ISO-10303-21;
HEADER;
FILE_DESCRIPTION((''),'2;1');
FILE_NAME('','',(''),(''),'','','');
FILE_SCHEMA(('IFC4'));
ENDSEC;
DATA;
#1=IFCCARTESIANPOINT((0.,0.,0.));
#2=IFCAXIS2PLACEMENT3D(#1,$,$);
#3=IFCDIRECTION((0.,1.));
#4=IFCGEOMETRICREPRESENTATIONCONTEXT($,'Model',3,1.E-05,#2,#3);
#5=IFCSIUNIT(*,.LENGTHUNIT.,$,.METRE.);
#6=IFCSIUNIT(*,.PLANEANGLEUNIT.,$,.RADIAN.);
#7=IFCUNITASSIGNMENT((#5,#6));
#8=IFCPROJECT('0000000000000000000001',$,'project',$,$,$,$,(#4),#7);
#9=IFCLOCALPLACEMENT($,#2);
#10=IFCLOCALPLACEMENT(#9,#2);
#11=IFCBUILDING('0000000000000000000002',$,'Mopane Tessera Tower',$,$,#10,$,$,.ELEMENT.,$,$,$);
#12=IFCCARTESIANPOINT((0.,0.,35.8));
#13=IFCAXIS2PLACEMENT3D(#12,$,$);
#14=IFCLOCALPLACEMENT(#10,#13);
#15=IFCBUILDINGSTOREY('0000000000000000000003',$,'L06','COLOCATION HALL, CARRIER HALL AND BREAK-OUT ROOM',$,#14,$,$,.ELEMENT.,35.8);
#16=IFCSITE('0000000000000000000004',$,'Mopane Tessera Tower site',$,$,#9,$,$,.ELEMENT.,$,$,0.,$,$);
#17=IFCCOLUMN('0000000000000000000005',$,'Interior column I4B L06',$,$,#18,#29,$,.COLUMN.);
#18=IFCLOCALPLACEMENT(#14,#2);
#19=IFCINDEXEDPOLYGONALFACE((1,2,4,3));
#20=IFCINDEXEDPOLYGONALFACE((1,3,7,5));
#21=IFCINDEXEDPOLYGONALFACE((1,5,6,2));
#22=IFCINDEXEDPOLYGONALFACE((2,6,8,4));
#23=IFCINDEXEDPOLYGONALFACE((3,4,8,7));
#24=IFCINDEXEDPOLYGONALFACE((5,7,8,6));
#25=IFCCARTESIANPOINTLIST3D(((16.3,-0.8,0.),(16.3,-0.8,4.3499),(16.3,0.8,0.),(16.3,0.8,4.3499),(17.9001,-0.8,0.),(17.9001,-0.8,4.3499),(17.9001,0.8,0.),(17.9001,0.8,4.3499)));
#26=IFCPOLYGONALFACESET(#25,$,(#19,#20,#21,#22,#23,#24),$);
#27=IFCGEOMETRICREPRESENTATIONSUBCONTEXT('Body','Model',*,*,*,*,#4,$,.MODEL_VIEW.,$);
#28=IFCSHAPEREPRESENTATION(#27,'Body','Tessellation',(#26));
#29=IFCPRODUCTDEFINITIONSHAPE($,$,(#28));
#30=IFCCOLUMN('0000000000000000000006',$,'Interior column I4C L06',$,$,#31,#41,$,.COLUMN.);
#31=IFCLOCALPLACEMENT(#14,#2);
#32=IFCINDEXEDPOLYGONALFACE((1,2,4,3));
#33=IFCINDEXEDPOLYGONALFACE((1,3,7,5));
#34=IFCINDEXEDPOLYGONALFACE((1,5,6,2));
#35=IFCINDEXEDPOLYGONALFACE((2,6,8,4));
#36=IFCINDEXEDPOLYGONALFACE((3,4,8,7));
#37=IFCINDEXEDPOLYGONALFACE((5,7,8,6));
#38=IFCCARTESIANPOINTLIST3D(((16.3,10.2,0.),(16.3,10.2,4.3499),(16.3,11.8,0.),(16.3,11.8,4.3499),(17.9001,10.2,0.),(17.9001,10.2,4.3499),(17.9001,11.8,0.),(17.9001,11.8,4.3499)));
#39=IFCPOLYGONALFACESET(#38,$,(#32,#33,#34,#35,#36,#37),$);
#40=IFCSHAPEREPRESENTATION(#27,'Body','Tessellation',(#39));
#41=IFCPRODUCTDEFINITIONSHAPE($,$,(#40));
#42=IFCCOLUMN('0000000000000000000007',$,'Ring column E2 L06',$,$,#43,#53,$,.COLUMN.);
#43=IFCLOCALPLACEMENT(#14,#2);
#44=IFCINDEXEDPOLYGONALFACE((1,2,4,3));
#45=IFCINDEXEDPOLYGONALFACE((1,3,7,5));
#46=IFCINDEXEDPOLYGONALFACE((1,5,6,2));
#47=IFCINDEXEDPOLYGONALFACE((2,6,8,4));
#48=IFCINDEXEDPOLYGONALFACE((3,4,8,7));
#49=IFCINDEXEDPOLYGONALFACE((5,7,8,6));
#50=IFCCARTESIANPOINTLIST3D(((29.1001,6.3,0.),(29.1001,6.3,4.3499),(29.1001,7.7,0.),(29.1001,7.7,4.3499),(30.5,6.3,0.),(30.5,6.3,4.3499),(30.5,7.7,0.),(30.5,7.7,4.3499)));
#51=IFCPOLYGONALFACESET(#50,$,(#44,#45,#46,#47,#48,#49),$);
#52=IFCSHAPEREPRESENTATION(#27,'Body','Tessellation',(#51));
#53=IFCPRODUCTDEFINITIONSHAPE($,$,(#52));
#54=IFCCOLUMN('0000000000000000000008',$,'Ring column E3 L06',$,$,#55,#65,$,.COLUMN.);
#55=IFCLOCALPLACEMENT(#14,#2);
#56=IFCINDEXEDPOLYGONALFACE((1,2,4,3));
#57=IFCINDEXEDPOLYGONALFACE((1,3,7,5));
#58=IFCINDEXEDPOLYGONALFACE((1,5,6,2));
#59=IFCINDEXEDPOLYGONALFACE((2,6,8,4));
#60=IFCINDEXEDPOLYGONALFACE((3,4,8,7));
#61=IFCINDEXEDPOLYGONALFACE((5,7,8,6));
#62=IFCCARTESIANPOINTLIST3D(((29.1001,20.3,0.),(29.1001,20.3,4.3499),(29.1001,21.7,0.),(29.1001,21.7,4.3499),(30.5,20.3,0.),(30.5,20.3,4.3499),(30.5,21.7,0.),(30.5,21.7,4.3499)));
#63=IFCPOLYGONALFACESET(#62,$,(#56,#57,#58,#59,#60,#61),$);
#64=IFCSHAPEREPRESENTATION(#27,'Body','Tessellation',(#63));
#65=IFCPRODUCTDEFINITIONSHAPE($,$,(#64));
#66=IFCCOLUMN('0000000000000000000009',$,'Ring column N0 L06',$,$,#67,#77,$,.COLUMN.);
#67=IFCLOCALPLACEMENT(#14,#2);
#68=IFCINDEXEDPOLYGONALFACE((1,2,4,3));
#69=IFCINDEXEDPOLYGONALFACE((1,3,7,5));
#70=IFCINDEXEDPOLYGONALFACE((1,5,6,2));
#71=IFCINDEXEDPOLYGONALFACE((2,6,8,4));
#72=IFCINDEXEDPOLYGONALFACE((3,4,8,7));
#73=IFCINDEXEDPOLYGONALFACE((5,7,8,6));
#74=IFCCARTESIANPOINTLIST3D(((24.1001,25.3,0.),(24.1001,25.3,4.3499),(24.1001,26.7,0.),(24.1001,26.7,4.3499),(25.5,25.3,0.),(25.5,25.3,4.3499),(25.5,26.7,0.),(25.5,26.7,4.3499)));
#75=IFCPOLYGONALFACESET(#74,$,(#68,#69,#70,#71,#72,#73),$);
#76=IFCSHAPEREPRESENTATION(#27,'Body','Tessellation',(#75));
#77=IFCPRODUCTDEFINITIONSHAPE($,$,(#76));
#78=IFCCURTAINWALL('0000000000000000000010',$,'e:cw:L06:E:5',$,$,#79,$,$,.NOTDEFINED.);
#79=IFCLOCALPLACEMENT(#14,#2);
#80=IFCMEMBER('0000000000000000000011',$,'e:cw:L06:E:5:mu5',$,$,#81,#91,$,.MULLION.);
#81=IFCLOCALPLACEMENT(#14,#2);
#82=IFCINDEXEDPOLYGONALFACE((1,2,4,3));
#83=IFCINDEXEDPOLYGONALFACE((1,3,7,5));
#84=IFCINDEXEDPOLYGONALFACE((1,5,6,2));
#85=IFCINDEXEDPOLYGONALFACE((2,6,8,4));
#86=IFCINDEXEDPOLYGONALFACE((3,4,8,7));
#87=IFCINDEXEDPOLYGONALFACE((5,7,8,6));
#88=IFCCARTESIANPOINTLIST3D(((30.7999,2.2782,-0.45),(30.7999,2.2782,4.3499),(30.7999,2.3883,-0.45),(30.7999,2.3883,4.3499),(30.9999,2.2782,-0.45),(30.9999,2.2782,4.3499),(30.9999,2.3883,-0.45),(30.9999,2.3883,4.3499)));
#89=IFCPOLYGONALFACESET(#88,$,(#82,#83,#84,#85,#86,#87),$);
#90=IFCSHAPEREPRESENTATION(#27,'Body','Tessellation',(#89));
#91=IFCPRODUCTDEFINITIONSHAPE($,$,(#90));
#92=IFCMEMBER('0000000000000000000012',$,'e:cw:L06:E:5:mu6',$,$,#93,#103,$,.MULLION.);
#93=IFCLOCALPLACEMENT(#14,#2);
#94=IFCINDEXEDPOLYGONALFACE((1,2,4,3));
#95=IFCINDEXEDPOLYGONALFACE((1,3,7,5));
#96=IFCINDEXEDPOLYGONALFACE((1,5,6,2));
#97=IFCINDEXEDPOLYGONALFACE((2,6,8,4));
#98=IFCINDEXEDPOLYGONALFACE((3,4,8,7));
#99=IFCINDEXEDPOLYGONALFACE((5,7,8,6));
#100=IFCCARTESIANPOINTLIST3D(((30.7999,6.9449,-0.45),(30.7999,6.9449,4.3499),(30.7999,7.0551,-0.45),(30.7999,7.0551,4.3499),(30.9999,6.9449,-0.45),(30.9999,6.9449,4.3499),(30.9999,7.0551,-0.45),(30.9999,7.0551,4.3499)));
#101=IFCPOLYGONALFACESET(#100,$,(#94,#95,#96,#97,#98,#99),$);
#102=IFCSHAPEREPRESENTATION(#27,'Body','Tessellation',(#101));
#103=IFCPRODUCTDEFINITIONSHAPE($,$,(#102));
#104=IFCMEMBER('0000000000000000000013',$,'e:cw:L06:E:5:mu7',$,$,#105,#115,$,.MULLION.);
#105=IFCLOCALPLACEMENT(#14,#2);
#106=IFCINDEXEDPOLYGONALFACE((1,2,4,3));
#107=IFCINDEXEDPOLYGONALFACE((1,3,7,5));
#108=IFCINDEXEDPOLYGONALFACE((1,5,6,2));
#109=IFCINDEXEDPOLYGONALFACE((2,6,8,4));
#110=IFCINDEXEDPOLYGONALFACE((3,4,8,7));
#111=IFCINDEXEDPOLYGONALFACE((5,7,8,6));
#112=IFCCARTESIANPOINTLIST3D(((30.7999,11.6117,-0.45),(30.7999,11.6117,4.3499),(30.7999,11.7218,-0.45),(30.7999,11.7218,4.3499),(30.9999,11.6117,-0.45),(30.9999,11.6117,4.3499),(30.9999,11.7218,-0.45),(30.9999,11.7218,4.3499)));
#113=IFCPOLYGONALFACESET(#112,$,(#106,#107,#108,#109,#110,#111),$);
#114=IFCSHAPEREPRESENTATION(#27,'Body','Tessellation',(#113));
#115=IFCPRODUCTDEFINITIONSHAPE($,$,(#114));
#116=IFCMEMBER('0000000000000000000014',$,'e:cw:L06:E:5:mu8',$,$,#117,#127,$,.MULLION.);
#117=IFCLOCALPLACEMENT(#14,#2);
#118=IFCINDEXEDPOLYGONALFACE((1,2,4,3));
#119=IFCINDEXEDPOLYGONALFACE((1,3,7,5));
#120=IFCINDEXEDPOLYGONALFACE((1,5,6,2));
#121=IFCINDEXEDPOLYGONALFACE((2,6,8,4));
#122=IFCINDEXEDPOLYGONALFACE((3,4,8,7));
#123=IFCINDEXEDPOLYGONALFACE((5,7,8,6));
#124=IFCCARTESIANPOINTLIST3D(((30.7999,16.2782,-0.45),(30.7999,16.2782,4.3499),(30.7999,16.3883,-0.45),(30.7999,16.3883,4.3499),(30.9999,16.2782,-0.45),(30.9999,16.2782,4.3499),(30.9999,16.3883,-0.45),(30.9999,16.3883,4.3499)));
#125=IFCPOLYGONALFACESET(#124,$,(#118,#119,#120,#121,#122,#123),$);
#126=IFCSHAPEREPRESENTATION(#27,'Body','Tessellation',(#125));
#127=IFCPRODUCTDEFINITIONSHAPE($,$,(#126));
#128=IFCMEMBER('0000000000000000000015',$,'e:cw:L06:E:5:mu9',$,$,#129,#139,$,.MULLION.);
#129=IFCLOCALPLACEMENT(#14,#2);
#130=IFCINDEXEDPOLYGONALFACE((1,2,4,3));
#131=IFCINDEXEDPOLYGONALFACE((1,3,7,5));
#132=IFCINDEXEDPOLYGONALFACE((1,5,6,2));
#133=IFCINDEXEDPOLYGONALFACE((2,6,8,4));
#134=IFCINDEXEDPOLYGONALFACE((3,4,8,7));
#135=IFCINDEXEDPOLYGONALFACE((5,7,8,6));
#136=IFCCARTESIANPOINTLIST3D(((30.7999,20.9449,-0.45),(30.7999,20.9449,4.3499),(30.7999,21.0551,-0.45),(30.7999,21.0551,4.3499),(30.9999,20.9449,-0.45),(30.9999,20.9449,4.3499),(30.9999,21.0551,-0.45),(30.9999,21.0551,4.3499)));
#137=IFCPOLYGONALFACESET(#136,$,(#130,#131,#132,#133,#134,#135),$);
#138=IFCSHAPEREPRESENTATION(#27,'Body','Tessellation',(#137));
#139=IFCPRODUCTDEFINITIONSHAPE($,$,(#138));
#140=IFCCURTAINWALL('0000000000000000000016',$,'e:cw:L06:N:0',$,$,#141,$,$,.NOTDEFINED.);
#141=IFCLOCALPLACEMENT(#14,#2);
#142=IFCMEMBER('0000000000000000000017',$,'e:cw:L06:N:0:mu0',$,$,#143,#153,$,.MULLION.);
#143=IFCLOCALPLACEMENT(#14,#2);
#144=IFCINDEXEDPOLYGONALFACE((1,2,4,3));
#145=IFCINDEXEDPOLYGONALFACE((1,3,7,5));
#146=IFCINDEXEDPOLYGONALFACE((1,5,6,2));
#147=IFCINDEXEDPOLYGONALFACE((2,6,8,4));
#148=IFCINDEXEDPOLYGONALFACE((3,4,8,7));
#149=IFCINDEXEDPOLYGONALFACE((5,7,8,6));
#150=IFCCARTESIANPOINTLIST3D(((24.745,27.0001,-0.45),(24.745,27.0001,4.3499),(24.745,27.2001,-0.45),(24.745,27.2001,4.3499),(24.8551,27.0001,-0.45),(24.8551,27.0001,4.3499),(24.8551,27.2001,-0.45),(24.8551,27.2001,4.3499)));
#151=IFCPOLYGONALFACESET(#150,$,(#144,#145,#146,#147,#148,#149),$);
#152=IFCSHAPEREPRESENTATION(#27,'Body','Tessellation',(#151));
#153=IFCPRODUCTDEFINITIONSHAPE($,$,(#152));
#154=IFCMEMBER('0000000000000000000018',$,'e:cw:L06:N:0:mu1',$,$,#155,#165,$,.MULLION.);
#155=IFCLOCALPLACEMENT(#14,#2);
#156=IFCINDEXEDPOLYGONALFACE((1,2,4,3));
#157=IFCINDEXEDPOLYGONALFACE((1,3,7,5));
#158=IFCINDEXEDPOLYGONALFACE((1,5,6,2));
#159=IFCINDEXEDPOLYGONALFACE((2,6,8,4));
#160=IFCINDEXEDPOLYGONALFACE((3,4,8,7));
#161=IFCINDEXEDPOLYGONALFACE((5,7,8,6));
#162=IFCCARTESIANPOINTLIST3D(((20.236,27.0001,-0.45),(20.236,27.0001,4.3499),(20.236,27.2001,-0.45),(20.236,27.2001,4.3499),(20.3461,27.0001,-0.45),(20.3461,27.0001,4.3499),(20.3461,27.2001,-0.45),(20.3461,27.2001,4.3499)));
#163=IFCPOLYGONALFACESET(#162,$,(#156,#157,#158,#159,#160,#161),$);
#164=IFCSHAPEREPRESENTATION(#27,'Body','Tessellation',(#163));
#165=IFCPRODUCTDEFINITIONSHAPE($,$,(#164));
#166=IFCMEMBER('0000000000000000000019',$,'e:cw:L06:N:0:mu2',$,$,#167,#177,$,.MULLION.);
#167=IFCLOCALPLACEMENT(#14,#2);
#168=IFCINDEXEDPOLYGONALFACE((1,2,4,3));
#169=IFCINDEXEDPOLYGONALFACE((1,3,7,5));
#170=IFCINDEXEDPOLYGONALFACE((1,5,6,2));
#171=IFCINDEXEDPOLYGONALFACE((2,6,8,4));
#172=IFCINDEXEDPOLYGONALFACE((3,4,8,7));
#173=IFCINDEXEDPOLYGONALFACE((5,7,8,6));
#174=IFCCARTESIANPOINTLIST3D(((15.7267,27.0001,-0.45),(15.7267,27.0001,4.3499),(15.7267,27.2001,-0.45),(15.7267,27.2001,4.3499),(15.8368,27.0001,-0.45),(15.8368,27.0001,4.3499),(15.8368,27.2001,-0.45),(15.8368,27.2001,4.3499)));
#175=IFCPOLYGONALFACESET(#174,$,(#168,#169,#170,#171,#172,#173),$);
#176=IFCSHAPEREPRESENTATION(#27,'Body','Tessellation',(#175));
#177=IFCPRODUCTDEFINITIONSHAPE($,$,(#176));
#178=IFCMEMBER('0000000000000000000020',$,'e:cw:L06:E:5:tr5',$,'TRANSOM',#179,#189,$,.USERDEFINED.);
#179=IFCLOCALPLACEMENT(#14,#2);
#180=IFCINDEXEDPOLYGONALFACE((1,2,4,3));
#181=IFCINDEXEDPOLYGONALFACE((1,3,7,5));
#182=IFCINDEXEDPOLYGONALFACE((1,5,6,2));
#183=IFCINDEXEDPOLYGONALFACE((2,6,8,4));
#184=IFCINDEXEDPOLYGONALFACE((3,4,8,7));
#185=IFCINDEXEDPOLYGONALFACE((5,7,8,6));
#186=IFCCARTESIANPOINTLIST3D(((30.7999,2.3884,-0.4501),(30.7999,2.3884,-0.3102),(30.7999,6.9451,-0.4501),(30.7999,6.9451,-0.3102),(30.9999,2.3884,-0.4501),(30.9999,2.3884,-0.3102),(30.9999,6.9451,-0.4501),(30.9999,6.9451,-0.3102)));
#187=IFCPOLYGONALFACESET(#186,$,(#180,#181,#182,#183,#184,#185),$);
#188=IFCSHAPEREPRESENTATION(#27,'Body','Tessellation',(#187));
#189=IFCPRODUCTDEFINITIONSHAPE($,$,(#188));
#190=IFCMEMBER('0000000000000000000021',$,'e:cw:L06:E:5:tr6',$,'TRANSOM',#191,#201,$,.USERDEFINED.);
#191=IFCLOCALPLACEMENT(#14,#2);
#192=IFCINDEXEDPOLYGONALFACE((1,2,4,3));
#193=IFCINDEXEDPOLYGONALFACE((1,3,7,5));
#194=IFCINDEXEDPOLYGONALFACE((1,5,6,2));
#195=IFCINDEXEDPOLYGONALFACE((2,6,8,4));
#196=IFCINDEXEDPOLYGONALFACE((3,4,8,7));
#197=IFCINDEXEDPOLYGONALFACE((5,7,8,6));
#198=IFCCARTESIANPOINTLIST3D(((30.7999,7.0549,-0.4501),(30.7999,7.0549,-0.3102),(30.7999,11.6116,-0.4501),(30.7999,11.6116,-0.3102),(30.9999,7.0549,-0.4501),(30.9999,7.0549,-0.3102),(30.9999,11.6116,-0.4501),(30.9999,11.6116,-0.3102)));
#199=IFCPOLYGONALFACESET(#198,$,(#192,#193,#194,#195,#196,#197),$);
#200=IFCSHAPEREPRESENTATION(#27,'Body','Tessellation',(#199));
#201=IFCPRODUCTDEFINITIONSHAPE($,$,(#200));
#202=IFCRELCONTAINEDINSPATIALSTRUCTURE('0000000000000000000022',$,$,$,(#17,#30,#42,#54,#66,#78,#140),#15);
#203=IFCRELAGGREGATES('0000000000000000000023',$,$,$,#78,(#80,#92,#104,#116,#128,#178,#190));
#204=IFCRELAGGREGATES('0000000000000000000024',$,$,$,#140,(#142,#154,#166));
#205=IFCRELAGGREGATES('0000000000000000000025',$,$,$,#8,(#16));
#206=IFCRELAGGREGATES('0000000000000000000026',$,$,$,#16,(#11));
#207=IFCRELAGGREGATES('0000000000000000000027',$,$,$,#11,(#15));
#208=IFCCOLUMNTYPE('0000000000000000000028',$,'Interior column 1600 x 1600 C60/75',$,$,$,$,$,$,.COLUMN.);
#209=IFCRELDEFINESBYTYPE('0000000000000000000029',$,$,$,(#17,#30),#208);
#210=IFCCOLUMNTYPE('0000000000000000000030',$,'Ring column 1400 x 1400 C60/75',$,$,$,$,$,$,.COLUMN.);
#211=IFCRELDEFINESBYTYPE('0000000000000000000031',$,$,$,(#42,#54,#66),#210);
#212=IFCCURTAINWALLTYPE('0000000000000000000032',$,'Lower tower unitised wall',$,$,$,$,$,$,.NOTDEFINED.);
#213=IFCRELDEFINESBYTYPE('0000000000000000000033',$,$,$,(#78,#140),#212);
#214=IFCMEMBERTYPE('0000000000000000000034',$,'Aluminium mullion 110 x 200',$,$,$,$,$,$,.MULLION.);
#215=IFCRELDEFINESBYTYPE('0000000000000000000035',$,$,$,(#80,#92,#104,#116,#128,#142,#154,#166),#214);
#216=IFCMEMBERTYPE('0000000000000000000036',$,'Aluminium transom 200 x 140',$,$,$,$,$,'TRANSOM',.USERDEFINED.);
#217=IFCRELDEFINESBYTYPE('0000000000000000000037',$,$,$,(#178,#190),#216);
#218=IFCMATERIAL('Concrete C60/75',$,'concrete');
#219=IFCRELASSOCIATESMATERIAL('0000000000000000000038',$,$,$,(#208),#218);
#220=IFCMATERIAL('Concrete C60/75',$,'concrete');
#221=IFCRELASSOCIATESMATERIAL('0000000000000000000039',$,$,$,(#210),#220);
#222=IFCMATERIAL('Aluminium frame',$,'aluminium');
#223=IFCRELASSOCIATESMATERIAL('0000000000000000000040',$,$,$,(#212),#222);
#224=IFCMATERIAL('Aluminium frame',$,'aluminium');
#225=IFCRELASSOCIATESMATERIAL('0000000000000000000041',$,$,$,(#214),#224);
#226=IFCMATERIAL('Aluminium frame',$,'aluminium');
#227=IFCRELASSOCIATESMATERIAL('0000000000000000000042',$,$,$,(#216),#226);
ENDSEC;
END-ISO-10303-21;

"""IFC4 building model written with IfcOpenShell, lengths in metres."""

from ifc_helpers import new_model, si_unit, direction, frame, origin, origin_2d, place, context, subcontext, project, spatial, rectangle, extrude, material, material_profile, profile_set, type_object, element, aggregate, save


model = new_model("IFC4")

# Units and contexts
model_context = context("Model", 3, precision=1e-05, world=origin(), true_north=direction((0.0, 1.0)))
body_context = subcontext(model_context, "Body", "Model", "MODEL_VIEW")
ifc_project = project(units=[si_unit("LENGTHUNIT", "METRE"), si_unit("PLANEANGLEUNIT", "RADIAN")], contexts=[model_context])

# Site, building, storey
site_placement = place(None, origin())
site = spatial("IfcSite", under=ifc_project, at=site_placement, Name="Mopane Tessera Tower site", CompositionType="ELEMENT", RefElevation=0.0)
building_placement = place(site_placement, origin())
building = spatial("IfcBuilding", under=site, at=building_placement, Name="Mopane Tessera Tower", CompositionType="ELEMENT")
storey_placement = place(building_placement, frame((0.0, 0.0, 35.8)))
storey = spatial("IfcBuildingStorey", under=building, at=storey_placement, Name="L06", Description="COLOCATION HALL, CARRIER HALL AND BREAK-OUT ROOM", CompositionType="ELEMENT", Elevation=35.8)

# Columns
ifc_material_1 = material(Name="Concrete C60/75", Category="concrete")
ifc_material_profile_1 = material_profile(ifc_material_1, rectangle(XDim=1.6001, YDim=1.6001, at=origin_2d()))
ifc_profile_set_1 = profile_set([ifc_material_profile_1], Name="Concrete C60/75")
column_type_1 = type_object("IfcColumnType", Name="Interior column 1600 x 1600 C60/75", PredefinedType="COLUMN", material=ifc_profile_set_1)
for number, where, z_axis, x_axis, name in (
    (1, (17.1001, 0.0, 0.0), (0.0, 0.0, 1.0), (1.0, 0.0, 0.0), "Interior column I4B L06"),
    (2, (17.1001, 11.0, 0.0), (0.0, 0.0, 1.0), (1.0, 0.0, 0.0), "Interior column I4C L06"),
):
    element("IfcColumn", number, at=place(storey_placement, frame(where, z_axis=z_axis, x_axis=x_axis)), inside=storey, type_object=column_type_1, Name=name, PredefinedType="COLUMN", context=body_context, shape_type="SweptSolid", body=[
        extrude(rectangle(XDim=1.6001, YDim=1.6001, at=origin_2d()), origin(), (0.0, 0.0, 1.0), 4.3499),
    ])
ifc_material_2 = material(Name="Concrete C60/75", Category="concrete")
ifc_material_profile_2 = material_profile(ifc_material_2, rectangle(XDim=1.3999, YDim=1.3999, at=origin_2d()))
ifc_profile_set_2 = profile_set([ifc_material_profile_2], Name="Concrete C60/75")
column_type_2 = type_object("IfcColumnType", Name="Ring column 1400 x 1400 C60/75", PredefinedType="COLUMN", material=ifc_profile_set_2)
for number, where, z_axis, x_axis, name in (
    (3, (29.8, 7.0, 0.0), (0.0, 0.0, 1.0), (1.0, 0.0, 0.0), "Ring column E2 L06"),
    (4, (29.8, 21.0, 0.0), (0.0, 0.0, 1.0), (1.0, 0.0, 0.0), "Ring column E3 L06"),
    (5, (24.8, 26.0, 0.0), (0.0, 0.0, 1.0), (1.0, 0.0, 0.0), "Ring column N0 L06"),
):
    element("IfcColumn", number, at=place(storey_placement, frame(where, z_axis=z_axis, x_axis=x_axis)), inside=storey, type_object=column_type_2, Name=name, PredefinedType="COLUMN", context=body_context, shape_type="SweptSolid", body=[
        extrude(rectangle(XDim=1.3999, YDim=1.3999, at=origin_2d()), origin(), (0.0, 0.0, 1.0), 4.3499),
    ])

# Curtain walls, members
ifc_material_3 = material(Name="Aluminium frame", Category="aluminium")
curtain_wall_type = type_object("IfcCurtainWallType", Name="Lower tower unitised wall", PredefinedType="NOTDEFINED", material=ifc_material_3)
curtain_wall_1_placement = place(storey_placement, origin())
curtain_wall_1 = element("IfcCurtainWall", 6, at=curtain_wall_1_placement, inside=storey, type_object=curtain_wall_type, Name="e:cw:L06:E:5", PredefinedType="NOTDEFINED")
ifc_material_4 = material(Name="Aluminium frame", Category="aluminium")
ifc_material_profile_3 = material_profile(ifc_material_4, rectangle(XDim=0.1101, YDim=0.2, at=origin_2d()))
ifc_profile_set_3 = profile_set([ifc_material_profile_3], Name="Aluminium frame")
member_type_1 = type_object("IfcMemberType", Name="Aluminium mullion 110 x 200", PredefinedType="MULLION", material=ifc_profile_set_3)
member_1_placement = place(storey_placement, frame((30.8999, 2.3333, -0.45), z_axis=(0.0, 0.0, 1.0), x_axis=(0.0, 1.0, 0.0)))
member_1 = element("IfcMember", 7, at=member_1_placement, type_object=member_type_1, Name="e:cw:L06:E:5:mu5", PredefinedType="MULLION", context=body_context, shape_type="SweptSolid", body=[
    extrude(rectangle(XDim=0.1101, YDim=0.2, at=origin_2d()), origin(), (0.0, 0.0, 1.0), 4.7998),
])
member_2_placement = place(storey_placement, frame((30.8999, 7.0, -0.45), z_axis=(0.0, 0.0, 1.0), x_axis=(0.0, 1.0, 0.0)))
member_2 = element("IfcMember", 8, at=member_2_placement, type_object=member_type_1, Name="e:cw:L06:E:5:mu6", PredefinedType="MULLION", context=body_context, shape_type="SweptSolid", body=[
    extrude(rectangle(XDim=0.1101, YDim=0.2, at=origin_2d()), origin(), (0.0, 0.0, 1.0), 4.7998),
])
member_3_placement = place(storey_placement, frame((30.8999, 11.6667, -0.45), z_axis=(0.0, 0.0, 1.0), x_axis=(0.0, 1.0, 0.0)))
member_3 = element("IfcMember", 9, at=member_3_placement, type_object=member_type_1, Name="e:cw:L06:E:5:mu7", PredefinedType="MULLION", context=body_context, shape_type="SweptSolid", body=[
    extrude(rectangle(XDim=0.1101, YDim=0.2, at=origin_2d()), origin(), (0.0, 0.0, 1.0), 4.7998),
])
member_4_placement = place(storey_placement, frame((30.8999, 16.3333, -0.45), z_axis=(0.0, 0.0, 1.0), x_axis=(0.0, 1.0, 0.0)))
member_4 = element("IfcMember", 10, at=member_4_placement, type_object=member_type_1, Name="e:cw:L06:E:5:mu8", PredefinedType="MULLION", context=body_context, shape_type="SweptSolid", body=[
    extrude(rectangle(XDim=0.1101, YDim=0.2, at=origin_2d()), origin(), (0.0, 0.0, 1.0), 4.7998),
])
member_5_placement = place(storey_placement, frame((30.8999, 21.0, -0.45), z_axis=(0.0, 0.0, 1.0), x_axis=(0.0, 1.0, 0.0)))
member_5 = element("IfcMember", 11, at=member_5_placement, type_object=member_type_1, Name="e:cw:L06:E:5:mu9", PredefinedType="MULLION", context=body_context, shape_type="SweptSolid", body=[
    extrude(rectangle(XDim=0.1101, YDim=0.2, at=origin_2d()), origin(), (0.0, 0.0, 1.0), 4.7998),
])
curtain_wall_2_placement = place(storey_placement, origin())
curtain_wall_2 = element("IfcCurtainWall", 12, at=curtain_wall_2_placement, inside=storey, type_object=curtain_wall_type, Name="e:cw:L06:N:0", PredefinedType="NOTDEFINED")
member_6_placement = place(storey_placement, frame((24.8, 27.1001, -0.45), z_axis=(0.0, 0.0, 1.0), x_axis=(-1.0, 0.0, 0.0)))
member_6 = element("IfcMember", 13, at=member_6_placement, type_object=member_type_1, Name="e:cw:L06:N:0:mu0", PredefinedType="MULLION", context=body_context, shape_type="SweptSolid", body=[
    extrude(rectangle(XDim=0.1101, YDim=0.2, at=origin_2d()), origin(), (0.0, 0.0, 1.0), 4.7998),
])
member_7_placement = place(storey_placement, frame((20.291, 27.1001, -0.45), z_axis=(0.0, 0.0, 1.0), x_axis=(-1.0, 0.0, 0.0)))
member_7 = element("IfcMember", 14, at=member_7_placement, type_object=member_type_1, Name="e:cw:L06:N:0:mu1", PredefinedType="MULLION", context=body_context, shape_type="SweptSolid", body=[
    extrude(rectangle(XDim=0.1101, YDim=0.2, at=origin_2d()), origin(), (0.0, 0.0, 1.0), 4.7998),
])
member_8_placement = place(storey_placement, frame((15.7817, 27.1001, -0.45), z_axis=(0.0, 0.0, 1.0), x_axis=(-1.0, 0.0, 0.0)))
member_8 = element("IfcMember", 15, at=member_8_placement, type_object=member_type_1, Name="e:cw:L06:N:0:mu2", PredefinedType="MULLION", context=body_context, shape_type="SweptSolid", body=[
    extrude(rectangle(XDim=0.1101, YDim=0.2, at=origin_2d()), origin(), (0.0, 0.0, 1.0), 4.7998),
])

# Members
ifc_material_5 = material(Name="Aluminium frame", Category="aluminium")
ifc_material_profile_4 = material_profile(ifc_material_5, rectangle(XDim=0.2, YDim=0.1399, at=origin_2d()))
ifc_profile_set_4 = profile_set([ifc_material_profile_4], Name="Aluminium frame")
member_type_2 = type_object("IfcMemberType", Name="Aluminium transom 200 x 140", ElementType="TRANSOM", PredefinedType="USERDEFINED", material=ifc_profile_set_4)
member_9_placement = place(storey_placement, frame((30.8999, 2.3884, -0.3801), z_axis=(0.0, 1.0, 0.0), x_axis=(-1.0, 0.0, 0.0)))
member_9 = element("IfcMember", 16, at=member_9_placement, type_object=member_type_2, Name="e:cw:L06:E:5:tr5", ObjectType="TRANSOM", PredefinedType="USERDEFINED", context=body_context, shape_type="SweptSolid", body=[
    extrude(rectangle(XDim=0.2, YDim=0.1399, at=origin_2d()), origin(), (0.0, 0.0, 1.0), 4.5566),
])
member_10_placement = place(storey_placement, frame((30.8999, 7.0549, -0.3801), z_axis=(0.0, 1.0, 0.0), x_axis=(-1.0, 0.0, 0.0)))
member_10 = element("IfcMember", 17, at=member_10_placement, type_object=member_type_2, Name="e:cw:L06:E:5:tr6", ObjectType="TRANSOM", PredefinedType="USERDEFINED", context=body_context, shape_type="SweptSolid", body=[
    extrude(rectangle(XDim=0.2, YDim=0.1399, at=origin_2d()), origin(), (0.0, 0.0, 1.0), 4.5566),
])

aggregate(curtain_wall_1, [member_1, member_2, member_3, member_4, member_5, member_9, member_10])
aggregate(curtain_wall_2, [member_6, member_7, member_8])

save(model, "model.ifc")
